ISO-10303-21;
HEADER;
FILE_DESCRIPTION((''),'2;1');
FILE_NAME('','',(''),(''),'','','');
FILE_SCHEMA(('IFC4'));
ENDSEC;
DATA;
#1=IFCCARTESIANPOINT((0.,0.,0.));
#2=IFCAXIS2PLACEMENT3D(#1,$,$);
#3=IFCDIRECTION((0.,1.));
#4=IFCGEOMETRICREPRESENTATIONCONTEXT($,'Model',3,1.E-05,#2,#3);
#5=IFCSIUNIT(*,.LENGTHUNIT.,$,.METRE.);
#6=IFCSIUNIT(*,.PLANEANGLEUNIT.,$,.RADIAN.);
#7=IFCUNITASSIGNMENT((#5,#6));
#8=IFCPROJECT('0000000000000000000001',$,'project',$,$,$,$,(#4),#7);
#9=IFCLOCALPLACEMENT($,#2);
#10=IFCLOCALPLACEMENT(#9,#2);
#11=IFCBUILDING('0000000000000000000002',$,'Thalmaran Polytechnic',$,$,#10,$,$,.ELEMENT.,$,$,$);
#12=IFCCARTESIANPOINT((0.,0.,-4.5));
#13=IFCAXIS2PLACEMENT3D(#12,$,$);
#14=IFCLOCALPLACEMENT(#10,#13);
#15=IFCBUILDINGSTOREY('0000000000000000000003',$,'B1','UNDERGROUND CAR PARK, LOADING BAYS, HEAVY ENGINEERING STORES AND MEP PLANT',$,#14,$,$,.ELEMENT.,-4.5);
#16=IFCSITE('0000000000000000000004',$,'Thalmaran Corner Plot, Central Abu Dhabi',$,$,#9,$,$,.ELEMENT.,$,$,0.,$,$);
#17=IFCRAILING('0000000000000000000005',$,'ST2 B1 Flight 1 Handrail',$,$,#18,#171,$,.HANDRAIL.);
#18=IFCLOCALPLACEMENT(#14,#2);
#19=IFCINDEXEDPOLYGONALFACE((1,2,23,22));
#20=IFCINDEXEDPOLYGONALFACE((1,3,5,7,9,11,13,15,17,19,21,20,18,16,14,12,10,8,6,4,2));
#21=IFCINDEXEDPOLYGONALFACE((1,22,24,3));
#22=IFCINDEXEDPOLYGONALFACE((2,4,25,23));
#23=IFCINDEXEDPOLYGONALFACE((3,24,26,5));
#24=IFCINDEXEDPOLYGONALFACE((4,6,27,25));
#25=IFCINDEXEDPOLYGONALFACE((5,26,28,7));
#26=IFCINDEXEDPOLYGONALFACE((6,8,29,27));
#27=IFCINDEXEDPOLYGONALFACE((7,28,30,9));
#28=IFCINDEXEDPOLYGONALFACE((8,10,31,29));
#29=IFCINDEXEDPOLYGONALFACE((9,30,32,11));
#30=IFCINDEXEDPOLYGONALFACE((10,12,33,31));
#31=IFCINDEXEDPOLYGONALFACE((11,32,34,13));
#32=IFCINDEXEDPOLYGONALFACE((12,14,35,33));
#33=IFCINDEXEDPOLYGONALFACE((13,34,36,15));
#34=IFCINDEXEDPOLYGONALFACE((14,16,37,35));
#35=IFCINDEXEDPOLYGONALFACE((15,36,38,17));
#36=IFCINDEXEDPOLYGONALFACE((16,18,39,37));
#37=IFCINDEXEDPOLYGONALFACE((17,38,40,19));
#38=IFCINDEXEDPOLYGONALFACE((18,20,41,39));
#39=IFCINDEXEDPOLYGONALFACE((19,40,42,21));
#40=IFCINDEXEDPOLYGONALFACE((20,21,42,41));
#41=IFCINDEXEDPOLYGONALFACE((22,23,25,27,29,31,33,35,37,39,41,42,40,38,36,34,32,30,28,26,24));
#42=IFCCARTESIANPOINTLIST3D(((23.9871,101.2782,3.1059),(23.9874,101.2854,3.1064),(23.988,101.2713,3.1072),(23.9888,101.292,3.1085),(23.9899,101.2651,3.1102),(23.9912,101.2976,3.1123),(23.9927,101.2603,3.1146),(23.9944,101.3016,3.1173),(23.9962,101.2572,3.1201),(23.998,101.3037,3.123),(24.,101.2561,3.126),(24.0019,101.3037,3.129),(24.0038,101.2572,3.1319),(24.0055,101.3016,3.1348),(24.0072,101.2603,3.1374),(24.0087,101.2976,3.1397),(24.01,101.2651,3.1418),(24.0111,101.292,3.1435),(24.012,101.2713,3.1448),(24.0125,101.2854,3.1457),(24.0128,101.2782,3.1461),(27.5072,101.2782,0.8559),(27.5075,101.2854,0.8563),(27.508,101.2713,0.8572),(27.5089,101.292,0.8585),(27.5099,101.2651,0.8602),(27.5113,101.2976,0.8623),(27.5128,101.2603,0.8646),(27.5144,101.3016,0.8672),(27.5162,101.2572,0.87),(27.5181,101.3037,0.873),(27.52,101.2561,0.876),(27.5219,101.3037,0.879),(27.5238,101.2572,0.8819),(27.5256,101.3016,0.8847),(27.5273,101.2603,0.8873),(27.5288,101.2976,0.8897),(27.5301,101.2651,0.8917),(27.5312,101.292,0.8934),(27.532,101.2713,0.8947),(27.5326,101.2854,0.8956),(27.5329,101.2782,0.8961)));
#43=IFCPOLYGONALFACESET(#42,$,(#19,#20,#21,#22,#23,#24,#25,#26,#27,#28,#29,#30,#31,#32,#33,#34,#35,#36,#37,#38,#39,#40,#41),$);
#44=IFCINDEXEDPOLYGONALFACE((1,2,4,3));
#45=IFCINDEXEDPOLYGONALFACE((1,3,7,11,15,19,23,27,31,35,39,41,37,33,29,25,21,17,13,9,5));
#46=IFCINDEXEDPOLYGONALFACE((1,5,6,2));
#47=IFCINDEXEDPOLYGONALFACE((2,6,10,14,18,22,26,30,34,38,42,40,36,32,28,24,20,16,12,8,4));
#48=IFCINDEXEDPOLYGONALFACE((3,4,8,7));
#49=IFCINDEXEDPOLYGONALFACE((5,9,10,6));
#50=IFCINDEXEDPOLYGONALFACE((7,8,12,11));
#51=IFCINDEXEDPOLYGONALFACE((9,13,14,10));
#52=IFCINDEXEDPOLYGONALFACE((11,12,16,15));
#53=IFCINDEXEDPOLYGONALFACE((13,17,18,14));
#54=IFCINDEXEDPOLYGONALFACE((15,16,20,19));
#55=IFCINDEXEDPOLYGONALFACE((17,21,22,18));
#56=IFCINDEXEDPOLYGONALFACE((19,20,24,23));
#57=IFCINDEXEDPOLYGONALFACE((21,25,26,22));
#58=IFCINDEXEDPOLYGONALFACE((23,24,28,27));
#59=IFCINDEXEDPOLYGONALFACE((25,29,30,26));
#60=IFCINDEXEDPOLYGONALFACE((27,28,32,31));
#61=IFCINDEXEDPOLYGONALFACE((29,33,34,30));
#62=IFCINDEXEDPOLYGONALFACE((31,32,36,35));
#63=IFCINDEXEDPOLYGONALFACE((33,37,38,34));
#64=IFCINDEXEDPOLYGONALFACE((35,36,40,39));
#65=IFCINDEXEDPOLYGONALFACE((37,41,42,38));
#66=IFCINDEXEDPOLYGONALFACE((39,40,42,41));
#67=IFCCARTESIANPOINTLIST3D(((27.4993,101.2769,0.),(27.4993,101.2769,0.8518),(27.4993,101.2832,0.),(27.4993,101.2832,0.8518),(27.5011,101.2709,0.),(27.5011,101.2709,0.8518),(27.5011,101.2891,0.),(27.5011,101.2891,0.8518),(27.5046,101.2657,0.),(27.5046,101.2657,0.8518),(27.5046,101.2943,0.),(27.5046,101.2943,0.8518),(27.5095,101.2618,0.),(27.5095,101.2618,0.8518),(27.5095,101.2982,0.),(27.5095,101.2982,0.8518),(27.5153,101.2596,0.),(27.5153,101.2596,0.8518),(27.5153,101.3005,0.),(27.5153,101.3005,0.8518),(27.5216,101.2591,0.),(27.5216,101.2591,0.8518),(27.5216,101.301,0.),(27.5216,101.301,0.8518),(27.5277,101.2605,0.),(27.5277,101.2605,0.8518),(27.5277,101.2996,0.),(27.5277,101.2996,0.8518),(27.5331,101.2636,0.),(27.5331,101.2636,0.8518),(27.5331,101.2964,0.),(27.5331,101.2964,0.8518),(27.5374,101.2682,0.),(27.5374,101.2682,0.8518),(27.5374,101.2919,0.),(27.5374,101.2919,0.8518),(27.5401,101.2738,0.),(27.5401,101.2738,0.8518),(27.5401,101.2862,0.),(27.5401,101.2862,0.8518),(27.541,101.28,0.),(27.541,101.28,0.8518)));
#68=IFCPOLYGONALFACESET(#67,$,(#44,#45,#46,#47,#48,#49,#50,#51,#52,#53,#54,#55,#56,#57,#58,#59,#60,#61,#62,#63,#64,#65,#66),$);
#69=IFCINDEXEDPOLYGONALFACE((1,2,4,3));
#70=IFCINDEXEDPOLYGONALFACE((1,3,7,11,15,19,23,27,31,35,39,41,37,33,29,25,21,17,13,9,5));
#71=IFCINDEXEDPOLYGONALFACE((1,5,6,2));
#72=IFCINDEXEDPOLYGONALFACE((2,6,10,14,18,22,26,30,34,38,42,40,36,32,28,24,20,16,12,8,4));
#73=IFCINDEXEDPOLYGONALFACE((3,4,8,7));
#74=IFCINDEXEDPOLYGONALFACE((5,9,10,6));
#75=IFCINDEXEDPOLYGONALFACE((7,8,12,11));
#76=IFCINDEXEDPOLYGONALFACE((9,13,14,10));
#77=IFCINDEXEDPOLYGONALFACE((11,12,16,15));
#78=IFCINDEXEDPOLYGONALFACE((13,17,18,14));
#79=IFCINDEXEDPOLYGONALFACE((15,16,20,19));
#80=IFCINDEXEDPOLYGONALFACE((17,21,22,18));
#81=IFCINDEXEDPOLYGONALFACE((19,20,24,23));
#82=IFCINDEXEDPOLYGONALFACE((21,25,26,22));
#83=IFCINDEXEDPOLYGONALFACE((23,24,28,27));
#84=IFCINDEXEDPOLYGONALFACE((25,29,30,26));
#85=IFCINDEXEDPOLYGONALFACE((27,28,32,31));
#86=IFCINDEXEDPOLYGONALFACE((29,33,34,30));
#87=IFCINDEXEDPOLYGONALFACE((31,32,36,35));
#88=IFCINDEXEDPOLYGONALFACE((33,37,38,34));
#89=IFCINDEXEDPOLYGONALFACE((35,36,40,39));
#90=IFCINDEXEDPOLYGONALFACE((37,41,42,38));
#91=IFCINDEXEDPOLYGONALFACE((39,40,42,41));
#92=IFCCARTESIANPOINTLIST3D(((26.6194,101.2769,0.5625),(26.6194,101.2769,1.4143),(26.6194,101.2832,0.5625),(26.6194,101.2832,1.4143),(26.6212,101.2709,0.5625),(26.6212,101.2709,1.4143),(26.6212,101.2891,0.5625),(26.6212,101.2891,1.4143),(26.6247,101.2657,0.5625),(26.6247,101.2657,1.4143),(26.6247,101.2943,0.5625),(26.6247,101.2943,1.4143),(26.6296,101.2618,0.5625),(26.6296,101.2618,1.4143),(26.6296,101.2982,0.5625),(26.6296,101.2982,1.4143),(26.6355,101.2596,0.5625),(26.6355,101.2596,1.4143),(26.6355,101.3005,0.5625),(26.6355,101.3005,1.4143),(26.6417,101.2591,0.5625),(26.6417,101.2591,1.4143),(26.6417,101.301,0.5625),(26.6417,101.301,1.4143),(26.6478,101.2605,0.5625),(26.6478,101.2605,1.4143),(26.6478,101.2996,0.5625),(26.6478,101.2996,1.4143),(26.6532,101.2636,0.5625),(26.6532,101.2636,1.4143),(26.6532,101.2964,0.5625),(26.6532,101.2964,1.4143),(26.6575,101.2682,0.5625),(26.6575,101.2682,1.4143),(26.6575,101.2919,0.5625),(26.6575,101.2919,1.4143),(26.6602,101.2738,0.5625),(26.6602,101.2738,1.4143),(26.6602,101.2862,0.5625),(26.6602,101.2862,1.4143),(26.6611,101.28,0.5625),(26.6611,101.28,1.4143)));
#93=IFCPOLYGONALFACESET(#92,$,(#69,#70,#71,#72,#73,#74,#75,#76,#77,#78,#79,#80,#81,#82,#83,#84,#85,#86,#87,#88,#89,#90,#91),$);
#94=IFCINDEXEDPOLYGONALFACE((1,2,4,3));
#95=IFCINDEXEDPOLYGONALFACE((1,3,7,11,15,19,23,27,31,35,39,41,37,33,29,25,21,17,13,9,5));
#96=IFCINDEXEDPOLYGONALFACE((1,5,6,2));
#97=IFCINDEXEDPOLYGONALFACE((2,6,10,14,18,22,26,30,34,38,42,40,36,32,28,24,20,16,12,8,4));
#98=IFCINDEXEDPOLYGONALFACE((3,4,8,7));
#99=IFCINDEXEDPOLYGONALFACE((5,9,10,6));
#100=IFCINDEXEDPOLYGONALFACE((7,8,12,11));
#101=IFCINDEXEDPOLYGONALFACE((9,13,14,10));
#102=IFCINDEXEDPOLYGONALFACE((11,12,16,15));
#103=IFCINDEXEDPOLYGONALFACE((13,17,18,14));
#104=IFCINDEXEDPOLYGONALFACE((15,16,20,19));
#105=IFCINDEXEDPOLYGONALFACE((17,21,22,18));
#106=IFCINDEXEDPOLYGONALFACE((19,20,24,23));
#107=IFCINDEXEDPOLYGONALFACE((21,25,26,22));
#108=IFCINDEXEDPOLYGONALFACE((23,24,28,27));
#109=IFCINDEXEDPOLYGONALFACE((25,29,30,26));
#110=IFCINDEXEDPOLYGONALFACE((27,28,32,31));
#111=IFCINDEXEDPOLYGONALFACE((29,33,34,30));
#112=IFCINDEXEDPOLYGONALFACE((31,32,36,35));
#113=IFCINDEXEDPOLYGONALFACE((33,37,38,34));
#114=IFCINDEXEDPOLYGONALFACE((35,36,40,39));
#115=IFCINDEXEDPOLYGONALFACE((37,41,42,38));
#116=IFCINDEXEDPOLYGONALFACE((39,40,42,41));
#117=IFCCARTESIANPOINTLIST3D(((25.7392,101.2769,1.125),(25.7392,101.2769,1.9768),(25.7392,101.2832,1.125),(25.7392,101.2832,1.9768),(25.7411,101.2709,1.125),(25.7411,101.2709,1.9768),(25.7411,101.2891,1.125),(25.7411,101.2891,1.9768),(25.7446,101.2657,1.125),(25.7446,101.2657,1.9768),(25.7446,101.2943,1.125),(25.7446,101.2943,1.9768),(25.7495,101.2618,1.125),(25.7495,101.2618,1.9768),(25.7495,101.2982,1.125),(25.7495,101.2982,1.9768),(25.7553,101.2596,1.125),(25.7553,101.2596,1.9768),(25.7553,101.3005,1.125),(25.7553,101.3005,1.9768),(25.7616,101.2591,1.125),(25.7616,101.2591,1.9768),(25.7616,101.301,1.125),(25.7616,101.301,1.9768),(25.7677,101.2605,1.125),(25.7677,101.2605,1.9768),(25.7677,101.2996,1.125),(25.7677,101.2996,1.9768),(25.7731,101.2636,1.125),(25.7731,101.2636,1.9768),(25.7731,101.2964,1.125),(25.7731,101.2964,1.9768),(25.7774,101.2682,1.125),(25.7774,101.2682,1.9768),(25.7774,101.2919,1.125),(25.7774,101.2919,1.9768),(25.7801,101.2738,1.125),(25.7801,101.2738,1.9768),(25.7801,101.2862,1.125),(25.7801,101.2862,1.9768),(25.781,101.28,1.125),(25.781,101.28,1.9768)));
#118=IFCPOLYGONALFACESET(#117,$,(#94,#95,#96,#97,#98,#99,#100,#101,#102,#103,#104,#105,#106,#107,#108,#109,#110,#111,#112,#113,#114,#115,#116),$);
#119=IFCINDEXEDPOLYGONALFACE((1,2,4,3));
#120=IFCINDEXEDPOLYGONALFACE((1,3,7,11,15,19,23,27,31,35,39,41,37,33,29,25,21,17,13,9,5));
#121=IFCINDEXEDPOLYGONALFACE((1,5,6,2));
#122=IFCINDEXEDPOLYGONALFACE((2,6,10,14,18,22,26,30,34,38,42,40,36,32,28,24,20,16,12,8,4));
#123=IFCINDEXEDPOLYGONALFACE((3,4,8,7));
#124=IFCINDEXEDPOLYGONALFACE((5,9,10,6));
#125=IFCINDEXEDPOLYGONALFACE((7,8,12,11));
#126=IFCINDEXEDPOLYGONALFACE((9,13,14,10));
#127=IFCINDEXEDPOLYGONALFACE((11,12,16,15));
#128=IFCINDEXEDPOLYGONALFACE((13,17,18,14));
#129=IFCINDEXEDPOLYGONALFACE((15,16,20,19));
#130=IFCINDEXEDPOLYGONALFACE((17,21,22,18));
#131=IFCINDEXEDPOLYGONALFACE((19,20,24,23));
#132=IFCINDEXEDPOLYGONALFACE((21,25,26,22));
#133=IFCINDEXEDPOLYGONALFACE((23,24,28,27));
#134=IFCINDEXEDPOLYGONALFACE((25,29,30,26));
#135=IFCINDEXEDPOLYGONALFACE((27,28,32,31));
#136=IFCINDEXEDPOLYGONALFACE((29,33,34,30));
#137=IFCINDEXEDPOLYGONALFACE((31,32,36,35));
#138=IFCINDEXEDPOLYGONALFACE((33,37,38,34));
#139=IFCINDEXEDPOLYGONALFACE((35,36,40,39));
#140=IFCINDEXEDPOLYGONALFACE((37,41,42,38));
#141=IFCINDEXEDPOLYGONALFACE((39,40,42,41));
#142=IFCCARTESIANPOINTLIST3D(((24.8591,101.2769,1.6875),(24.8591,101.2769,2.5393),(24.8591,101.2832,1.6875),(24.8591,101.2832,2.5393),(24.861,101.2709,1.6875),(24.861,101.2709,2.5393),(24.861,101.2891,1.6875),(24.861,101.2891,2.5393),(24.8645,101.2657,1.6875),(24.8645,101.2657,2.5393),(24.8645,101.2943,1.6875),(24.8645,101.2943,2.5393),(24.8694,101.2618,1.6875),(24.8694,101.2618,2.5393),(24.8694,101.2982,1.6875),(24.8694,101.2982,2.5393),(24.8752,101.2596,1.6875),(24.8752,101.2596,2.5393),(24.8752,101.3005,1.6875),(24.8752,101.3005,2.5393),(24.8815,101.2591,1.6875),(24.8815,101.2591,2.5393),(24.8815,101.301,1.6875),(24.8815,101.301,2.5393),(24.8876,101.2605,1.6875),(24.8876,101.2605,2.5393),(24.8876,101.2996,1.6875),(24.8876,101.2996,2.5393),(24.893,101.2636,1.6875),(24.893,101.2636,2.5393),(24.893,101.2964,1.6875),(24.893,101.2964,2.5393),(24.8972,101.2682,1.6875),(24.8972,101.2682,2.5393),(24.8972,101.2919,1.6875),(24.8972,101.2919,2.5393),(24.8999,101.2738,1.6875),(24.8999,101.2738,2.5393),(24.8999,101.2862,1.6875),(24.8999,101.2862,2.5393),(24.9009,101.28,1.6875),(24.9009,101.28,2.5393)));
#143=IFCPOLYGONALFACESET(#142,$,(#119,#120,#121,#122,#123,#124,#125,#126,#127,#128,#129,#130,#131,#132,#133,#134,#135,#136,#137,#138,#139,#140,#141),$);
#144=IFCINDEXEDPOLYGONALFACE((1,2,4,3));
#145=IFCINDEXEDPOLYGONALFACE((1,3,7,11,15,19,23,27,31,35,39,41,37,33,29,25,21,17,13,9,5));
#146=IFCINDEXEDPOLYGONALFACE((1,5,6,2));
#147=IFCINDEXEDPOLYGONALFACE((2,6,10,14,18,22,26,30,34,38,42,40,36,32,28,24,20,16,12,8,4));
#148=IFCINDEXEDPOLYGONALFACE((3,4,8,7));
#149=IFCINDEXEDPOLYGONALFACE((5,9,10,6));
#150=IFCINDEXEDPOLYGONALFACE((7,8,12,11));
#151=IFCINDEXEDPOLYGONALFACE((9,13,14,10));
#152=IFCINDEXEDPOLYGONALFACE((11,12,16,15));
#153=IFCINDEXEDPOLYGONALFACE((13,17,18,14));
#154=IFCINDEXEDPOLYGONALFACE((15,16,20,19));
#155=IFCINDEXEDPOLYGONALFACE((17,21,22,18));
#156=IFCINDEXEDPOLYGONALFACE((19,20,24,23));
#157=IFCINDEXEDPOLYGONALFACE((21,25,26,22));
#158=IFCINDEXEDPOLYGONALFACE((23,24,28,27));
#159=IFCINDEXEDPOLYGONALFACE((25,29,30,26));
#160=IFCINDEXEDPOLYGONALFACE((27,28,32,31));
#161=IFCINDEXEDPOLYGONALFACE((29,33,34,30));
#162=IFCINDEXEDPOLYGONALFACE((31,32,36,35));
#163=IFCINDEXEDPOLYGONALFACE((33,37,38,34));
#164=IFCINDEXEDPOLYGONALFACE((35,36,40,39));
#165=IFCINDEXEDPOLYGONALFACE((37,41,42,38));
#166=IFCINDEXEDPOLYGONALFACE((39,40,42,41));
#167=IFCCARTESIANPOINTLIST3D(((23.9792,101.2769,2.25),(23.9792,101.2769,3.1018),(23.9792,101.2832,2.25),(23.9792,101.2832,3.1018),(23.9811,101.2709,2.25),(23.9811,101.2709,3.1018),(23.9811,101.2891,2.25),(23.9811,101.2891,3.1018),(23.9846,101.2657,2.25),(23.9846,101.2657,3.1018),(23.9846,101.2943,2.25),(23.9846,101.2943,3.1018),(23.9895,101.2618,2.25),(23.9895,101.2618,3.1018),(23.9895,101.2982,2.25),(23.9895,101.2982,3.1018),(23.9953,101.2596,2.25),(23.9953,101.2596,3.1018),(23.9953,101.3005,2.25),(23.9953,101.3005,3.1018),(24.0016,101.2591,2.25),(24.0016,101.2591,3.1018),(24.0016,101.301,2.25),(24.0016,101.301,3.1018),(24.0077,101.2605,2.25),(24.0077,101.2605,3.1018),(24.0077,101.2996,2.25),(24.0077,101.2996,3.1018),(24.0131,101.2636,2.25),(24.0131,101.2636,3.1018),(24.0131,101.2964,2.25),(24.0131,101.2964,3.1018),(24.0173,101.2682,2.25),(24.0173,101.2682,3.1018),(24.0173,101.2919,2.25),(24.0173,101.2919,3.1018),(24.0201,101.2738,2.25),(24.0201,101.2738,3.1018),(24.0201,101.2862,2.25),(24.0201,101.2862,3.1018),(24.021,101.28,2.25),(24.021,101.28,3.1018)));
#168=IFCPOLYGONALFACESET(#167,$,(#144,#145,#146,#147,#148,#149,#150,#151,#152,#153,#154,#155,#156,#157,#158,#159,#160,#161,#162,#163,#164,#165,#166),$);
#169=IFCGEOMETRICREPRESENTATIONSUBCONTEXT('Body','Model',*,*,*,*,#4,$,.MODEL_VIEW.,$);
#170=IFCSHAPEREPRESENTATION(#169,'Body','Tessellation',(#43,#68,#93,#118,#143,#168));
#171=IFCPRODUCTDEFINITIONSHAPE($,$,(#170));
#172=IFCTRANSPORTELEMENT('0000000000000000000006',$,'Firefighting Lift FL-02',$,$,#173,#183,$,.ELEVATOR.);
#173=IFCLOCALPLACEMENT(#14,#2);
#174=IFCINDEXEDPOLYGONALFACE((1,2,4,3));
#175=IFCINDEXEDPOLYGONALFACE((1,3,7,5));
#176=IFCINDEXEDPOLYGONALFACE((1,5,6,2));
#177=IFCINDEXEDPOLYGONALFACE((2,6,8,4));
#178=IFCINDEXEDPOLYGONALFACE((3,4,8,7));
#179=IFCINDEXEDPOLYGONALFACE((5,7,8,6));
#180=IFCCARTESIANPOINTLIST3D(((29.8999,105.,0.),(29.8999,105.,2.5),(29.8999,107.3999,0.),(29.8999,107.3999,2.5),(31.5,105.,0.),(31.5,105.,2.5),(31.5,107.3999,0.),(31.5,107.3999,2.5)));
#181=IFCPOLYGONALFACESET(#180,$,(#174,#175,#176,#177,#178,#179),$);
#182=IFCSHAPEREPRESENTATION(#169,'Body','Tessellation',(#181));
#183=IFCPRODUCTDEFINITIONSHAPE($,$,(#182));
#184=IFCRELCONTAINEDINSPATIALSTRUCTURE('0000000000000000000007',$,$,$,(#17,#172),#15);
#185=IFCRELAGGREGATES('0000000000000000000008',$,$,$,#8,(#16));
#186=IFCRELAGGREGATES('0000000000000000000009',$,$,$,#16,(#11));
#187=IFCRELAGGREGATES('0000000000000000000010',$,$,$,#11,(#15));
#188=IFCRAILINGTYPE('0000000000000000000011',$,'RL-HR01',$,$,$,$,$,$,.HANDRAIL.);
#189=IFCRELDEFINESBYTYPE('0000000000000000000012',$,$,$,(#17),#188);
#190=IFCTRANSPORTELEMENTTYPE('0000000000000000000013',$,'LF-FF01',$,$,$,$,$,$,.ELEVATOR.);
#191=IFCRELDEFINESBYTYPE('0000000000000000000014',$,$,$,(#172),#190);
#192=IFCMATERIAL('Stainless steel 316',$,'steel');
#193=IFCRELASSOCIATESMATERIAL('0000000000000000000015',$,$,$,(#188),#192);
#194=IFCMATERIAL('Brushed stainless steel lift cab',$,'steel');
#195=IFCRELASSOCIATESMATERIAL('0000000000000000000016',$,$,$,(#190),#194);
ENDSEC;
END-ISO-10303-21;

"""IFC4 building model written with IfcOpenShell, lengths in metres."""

from ifc_helpers import new_model, si_unit, direction, frame, origin, origin_2d, place, context, subcontext, project, spatial, rectangle, circle, extrude, material, type_object, element, save


model = new_model("IFC4")

# Units and contexts
model_context = context("Model", 3, precision=1e-05, world=origin(), true_north=direction((0.0, 1.0)))
body_context = subcontext(model_context, "Body", "Model", "MODEL_VIEW")
ifc_project = project(units=[si_unit("LENGTHUNIT", "METRE"), si_unit("PLANEANGLEUNIT", "RADIAN")], contexts=[model_context])

# Site, building, storey
site_placement = place(None, origin())
site = spatial("IfcSite", under=ifc_project, at=site_placement, Name="Thalmaran Corner Plot, Central Abu Dhabi", CompositionType="ELEMENT", RefElevation=0.0)
building_placement = place(site_placement, origin())
building = spatial("IfcBuilding", under=site, at=building_placement, Name="Thalmaran Polytechnic", CompositionType="ELEMENT")
storey_placement = place(building_placement, frame((0.0, 0.0, -4.5)))
storey = spatial("IfcBuildingStorey", under=building, at=storey_placement, Name="B1", Description="UNDERGROUND CAR PARK, LOADING BAYS, HEAVY ENGINEERING STORES AND MEP PLANT", CompositionType="ELEMENT", Elevation=-4.5)

# Railing
ifc_material_1 = material(Name="Stainless steel 316", Category="steel")
railing_type_1 = type_object("IfcRailingType", Name="RL-HR01", PredefinedType="HANDRAIL", material=ifc_material_1)
railing_1_placement = place(storey_placement, frame((27.52, 101.28, 0.0)))
element("IfcRailing", 1, at=railing_1_placement, inside=storey, type_object=railing_type_1, Name="ST2 B1 Flight 1 Handrail", PredefinedType="HANDRAIL", context=body_context, shape_type="SweptSolid", body=[
    extrude(circle(Radius=0.0239, at=origin_2d()), frame((0.0, 0.0, 0.876), z_axis=(-0.842577, 0.0, 0.538576), x_axis=(0.0, -1.0, 0.0)), (0.0, 0.0, 1.0), 4.1777),
    extrude(circle(Radius=0.021, at=origin_2d()), origin(), (0.0, 0.0, 1.0), 0.8518),
    extrude(circle(Radius=0.021, at=origin_2d()), frame((-0.8799, 0.0, 0.5625)), (0.0, 0.0, 1.0), 0.8518),
    extrude(circle(Radius=0.021, at=origin_2d()), frame((-1.76, 0.0, 1.125)), (0.0, 0.0, 1.0), 0.8518),
    extrude(circle(Radius=0.021, at=origin_2d()), frame((-2.6401, 0.0, 1.6875)), (0.0, 0.0, 1.0), 0.8518),
    extrude(circle(Radius=0.021, at=origin_2d()), frame((-3.52, 0.0, 2.25)), (0.0, 0.0, 1.0), 0.8518),
])

# Transport element
ifc_material_2 = material(Name="Brushed stainless steel lift cab", Category="steel")
transport_element_type = type_object("IfcTransportElementType", Name="LF-FF01", PredefinedType="ELEVATOR", material=ifc_material_2)
transport_element_placement = place(storey_placement, frame((30.7, 106.2, 0.0), z_axis=(0.0, 0.0, 1.0), x_axis=(1.0, 0.0, 0.0)))
element("IfcTransportElement", 2, at=transport_element_placement, inside=storey, type_object=transport_element_type, Name="Firefighting Lift FL-02", PredefinedType="ELEVATOR", context=body_context, shape_type="SweptSolid", body=[
    extrude(rectangle(XDim=1.6001, YDim=2.3999, at=origin_2d()), origin(), (0.0, 0.0, 1.0), 2.5),
])

save(model, "model.ifc")
